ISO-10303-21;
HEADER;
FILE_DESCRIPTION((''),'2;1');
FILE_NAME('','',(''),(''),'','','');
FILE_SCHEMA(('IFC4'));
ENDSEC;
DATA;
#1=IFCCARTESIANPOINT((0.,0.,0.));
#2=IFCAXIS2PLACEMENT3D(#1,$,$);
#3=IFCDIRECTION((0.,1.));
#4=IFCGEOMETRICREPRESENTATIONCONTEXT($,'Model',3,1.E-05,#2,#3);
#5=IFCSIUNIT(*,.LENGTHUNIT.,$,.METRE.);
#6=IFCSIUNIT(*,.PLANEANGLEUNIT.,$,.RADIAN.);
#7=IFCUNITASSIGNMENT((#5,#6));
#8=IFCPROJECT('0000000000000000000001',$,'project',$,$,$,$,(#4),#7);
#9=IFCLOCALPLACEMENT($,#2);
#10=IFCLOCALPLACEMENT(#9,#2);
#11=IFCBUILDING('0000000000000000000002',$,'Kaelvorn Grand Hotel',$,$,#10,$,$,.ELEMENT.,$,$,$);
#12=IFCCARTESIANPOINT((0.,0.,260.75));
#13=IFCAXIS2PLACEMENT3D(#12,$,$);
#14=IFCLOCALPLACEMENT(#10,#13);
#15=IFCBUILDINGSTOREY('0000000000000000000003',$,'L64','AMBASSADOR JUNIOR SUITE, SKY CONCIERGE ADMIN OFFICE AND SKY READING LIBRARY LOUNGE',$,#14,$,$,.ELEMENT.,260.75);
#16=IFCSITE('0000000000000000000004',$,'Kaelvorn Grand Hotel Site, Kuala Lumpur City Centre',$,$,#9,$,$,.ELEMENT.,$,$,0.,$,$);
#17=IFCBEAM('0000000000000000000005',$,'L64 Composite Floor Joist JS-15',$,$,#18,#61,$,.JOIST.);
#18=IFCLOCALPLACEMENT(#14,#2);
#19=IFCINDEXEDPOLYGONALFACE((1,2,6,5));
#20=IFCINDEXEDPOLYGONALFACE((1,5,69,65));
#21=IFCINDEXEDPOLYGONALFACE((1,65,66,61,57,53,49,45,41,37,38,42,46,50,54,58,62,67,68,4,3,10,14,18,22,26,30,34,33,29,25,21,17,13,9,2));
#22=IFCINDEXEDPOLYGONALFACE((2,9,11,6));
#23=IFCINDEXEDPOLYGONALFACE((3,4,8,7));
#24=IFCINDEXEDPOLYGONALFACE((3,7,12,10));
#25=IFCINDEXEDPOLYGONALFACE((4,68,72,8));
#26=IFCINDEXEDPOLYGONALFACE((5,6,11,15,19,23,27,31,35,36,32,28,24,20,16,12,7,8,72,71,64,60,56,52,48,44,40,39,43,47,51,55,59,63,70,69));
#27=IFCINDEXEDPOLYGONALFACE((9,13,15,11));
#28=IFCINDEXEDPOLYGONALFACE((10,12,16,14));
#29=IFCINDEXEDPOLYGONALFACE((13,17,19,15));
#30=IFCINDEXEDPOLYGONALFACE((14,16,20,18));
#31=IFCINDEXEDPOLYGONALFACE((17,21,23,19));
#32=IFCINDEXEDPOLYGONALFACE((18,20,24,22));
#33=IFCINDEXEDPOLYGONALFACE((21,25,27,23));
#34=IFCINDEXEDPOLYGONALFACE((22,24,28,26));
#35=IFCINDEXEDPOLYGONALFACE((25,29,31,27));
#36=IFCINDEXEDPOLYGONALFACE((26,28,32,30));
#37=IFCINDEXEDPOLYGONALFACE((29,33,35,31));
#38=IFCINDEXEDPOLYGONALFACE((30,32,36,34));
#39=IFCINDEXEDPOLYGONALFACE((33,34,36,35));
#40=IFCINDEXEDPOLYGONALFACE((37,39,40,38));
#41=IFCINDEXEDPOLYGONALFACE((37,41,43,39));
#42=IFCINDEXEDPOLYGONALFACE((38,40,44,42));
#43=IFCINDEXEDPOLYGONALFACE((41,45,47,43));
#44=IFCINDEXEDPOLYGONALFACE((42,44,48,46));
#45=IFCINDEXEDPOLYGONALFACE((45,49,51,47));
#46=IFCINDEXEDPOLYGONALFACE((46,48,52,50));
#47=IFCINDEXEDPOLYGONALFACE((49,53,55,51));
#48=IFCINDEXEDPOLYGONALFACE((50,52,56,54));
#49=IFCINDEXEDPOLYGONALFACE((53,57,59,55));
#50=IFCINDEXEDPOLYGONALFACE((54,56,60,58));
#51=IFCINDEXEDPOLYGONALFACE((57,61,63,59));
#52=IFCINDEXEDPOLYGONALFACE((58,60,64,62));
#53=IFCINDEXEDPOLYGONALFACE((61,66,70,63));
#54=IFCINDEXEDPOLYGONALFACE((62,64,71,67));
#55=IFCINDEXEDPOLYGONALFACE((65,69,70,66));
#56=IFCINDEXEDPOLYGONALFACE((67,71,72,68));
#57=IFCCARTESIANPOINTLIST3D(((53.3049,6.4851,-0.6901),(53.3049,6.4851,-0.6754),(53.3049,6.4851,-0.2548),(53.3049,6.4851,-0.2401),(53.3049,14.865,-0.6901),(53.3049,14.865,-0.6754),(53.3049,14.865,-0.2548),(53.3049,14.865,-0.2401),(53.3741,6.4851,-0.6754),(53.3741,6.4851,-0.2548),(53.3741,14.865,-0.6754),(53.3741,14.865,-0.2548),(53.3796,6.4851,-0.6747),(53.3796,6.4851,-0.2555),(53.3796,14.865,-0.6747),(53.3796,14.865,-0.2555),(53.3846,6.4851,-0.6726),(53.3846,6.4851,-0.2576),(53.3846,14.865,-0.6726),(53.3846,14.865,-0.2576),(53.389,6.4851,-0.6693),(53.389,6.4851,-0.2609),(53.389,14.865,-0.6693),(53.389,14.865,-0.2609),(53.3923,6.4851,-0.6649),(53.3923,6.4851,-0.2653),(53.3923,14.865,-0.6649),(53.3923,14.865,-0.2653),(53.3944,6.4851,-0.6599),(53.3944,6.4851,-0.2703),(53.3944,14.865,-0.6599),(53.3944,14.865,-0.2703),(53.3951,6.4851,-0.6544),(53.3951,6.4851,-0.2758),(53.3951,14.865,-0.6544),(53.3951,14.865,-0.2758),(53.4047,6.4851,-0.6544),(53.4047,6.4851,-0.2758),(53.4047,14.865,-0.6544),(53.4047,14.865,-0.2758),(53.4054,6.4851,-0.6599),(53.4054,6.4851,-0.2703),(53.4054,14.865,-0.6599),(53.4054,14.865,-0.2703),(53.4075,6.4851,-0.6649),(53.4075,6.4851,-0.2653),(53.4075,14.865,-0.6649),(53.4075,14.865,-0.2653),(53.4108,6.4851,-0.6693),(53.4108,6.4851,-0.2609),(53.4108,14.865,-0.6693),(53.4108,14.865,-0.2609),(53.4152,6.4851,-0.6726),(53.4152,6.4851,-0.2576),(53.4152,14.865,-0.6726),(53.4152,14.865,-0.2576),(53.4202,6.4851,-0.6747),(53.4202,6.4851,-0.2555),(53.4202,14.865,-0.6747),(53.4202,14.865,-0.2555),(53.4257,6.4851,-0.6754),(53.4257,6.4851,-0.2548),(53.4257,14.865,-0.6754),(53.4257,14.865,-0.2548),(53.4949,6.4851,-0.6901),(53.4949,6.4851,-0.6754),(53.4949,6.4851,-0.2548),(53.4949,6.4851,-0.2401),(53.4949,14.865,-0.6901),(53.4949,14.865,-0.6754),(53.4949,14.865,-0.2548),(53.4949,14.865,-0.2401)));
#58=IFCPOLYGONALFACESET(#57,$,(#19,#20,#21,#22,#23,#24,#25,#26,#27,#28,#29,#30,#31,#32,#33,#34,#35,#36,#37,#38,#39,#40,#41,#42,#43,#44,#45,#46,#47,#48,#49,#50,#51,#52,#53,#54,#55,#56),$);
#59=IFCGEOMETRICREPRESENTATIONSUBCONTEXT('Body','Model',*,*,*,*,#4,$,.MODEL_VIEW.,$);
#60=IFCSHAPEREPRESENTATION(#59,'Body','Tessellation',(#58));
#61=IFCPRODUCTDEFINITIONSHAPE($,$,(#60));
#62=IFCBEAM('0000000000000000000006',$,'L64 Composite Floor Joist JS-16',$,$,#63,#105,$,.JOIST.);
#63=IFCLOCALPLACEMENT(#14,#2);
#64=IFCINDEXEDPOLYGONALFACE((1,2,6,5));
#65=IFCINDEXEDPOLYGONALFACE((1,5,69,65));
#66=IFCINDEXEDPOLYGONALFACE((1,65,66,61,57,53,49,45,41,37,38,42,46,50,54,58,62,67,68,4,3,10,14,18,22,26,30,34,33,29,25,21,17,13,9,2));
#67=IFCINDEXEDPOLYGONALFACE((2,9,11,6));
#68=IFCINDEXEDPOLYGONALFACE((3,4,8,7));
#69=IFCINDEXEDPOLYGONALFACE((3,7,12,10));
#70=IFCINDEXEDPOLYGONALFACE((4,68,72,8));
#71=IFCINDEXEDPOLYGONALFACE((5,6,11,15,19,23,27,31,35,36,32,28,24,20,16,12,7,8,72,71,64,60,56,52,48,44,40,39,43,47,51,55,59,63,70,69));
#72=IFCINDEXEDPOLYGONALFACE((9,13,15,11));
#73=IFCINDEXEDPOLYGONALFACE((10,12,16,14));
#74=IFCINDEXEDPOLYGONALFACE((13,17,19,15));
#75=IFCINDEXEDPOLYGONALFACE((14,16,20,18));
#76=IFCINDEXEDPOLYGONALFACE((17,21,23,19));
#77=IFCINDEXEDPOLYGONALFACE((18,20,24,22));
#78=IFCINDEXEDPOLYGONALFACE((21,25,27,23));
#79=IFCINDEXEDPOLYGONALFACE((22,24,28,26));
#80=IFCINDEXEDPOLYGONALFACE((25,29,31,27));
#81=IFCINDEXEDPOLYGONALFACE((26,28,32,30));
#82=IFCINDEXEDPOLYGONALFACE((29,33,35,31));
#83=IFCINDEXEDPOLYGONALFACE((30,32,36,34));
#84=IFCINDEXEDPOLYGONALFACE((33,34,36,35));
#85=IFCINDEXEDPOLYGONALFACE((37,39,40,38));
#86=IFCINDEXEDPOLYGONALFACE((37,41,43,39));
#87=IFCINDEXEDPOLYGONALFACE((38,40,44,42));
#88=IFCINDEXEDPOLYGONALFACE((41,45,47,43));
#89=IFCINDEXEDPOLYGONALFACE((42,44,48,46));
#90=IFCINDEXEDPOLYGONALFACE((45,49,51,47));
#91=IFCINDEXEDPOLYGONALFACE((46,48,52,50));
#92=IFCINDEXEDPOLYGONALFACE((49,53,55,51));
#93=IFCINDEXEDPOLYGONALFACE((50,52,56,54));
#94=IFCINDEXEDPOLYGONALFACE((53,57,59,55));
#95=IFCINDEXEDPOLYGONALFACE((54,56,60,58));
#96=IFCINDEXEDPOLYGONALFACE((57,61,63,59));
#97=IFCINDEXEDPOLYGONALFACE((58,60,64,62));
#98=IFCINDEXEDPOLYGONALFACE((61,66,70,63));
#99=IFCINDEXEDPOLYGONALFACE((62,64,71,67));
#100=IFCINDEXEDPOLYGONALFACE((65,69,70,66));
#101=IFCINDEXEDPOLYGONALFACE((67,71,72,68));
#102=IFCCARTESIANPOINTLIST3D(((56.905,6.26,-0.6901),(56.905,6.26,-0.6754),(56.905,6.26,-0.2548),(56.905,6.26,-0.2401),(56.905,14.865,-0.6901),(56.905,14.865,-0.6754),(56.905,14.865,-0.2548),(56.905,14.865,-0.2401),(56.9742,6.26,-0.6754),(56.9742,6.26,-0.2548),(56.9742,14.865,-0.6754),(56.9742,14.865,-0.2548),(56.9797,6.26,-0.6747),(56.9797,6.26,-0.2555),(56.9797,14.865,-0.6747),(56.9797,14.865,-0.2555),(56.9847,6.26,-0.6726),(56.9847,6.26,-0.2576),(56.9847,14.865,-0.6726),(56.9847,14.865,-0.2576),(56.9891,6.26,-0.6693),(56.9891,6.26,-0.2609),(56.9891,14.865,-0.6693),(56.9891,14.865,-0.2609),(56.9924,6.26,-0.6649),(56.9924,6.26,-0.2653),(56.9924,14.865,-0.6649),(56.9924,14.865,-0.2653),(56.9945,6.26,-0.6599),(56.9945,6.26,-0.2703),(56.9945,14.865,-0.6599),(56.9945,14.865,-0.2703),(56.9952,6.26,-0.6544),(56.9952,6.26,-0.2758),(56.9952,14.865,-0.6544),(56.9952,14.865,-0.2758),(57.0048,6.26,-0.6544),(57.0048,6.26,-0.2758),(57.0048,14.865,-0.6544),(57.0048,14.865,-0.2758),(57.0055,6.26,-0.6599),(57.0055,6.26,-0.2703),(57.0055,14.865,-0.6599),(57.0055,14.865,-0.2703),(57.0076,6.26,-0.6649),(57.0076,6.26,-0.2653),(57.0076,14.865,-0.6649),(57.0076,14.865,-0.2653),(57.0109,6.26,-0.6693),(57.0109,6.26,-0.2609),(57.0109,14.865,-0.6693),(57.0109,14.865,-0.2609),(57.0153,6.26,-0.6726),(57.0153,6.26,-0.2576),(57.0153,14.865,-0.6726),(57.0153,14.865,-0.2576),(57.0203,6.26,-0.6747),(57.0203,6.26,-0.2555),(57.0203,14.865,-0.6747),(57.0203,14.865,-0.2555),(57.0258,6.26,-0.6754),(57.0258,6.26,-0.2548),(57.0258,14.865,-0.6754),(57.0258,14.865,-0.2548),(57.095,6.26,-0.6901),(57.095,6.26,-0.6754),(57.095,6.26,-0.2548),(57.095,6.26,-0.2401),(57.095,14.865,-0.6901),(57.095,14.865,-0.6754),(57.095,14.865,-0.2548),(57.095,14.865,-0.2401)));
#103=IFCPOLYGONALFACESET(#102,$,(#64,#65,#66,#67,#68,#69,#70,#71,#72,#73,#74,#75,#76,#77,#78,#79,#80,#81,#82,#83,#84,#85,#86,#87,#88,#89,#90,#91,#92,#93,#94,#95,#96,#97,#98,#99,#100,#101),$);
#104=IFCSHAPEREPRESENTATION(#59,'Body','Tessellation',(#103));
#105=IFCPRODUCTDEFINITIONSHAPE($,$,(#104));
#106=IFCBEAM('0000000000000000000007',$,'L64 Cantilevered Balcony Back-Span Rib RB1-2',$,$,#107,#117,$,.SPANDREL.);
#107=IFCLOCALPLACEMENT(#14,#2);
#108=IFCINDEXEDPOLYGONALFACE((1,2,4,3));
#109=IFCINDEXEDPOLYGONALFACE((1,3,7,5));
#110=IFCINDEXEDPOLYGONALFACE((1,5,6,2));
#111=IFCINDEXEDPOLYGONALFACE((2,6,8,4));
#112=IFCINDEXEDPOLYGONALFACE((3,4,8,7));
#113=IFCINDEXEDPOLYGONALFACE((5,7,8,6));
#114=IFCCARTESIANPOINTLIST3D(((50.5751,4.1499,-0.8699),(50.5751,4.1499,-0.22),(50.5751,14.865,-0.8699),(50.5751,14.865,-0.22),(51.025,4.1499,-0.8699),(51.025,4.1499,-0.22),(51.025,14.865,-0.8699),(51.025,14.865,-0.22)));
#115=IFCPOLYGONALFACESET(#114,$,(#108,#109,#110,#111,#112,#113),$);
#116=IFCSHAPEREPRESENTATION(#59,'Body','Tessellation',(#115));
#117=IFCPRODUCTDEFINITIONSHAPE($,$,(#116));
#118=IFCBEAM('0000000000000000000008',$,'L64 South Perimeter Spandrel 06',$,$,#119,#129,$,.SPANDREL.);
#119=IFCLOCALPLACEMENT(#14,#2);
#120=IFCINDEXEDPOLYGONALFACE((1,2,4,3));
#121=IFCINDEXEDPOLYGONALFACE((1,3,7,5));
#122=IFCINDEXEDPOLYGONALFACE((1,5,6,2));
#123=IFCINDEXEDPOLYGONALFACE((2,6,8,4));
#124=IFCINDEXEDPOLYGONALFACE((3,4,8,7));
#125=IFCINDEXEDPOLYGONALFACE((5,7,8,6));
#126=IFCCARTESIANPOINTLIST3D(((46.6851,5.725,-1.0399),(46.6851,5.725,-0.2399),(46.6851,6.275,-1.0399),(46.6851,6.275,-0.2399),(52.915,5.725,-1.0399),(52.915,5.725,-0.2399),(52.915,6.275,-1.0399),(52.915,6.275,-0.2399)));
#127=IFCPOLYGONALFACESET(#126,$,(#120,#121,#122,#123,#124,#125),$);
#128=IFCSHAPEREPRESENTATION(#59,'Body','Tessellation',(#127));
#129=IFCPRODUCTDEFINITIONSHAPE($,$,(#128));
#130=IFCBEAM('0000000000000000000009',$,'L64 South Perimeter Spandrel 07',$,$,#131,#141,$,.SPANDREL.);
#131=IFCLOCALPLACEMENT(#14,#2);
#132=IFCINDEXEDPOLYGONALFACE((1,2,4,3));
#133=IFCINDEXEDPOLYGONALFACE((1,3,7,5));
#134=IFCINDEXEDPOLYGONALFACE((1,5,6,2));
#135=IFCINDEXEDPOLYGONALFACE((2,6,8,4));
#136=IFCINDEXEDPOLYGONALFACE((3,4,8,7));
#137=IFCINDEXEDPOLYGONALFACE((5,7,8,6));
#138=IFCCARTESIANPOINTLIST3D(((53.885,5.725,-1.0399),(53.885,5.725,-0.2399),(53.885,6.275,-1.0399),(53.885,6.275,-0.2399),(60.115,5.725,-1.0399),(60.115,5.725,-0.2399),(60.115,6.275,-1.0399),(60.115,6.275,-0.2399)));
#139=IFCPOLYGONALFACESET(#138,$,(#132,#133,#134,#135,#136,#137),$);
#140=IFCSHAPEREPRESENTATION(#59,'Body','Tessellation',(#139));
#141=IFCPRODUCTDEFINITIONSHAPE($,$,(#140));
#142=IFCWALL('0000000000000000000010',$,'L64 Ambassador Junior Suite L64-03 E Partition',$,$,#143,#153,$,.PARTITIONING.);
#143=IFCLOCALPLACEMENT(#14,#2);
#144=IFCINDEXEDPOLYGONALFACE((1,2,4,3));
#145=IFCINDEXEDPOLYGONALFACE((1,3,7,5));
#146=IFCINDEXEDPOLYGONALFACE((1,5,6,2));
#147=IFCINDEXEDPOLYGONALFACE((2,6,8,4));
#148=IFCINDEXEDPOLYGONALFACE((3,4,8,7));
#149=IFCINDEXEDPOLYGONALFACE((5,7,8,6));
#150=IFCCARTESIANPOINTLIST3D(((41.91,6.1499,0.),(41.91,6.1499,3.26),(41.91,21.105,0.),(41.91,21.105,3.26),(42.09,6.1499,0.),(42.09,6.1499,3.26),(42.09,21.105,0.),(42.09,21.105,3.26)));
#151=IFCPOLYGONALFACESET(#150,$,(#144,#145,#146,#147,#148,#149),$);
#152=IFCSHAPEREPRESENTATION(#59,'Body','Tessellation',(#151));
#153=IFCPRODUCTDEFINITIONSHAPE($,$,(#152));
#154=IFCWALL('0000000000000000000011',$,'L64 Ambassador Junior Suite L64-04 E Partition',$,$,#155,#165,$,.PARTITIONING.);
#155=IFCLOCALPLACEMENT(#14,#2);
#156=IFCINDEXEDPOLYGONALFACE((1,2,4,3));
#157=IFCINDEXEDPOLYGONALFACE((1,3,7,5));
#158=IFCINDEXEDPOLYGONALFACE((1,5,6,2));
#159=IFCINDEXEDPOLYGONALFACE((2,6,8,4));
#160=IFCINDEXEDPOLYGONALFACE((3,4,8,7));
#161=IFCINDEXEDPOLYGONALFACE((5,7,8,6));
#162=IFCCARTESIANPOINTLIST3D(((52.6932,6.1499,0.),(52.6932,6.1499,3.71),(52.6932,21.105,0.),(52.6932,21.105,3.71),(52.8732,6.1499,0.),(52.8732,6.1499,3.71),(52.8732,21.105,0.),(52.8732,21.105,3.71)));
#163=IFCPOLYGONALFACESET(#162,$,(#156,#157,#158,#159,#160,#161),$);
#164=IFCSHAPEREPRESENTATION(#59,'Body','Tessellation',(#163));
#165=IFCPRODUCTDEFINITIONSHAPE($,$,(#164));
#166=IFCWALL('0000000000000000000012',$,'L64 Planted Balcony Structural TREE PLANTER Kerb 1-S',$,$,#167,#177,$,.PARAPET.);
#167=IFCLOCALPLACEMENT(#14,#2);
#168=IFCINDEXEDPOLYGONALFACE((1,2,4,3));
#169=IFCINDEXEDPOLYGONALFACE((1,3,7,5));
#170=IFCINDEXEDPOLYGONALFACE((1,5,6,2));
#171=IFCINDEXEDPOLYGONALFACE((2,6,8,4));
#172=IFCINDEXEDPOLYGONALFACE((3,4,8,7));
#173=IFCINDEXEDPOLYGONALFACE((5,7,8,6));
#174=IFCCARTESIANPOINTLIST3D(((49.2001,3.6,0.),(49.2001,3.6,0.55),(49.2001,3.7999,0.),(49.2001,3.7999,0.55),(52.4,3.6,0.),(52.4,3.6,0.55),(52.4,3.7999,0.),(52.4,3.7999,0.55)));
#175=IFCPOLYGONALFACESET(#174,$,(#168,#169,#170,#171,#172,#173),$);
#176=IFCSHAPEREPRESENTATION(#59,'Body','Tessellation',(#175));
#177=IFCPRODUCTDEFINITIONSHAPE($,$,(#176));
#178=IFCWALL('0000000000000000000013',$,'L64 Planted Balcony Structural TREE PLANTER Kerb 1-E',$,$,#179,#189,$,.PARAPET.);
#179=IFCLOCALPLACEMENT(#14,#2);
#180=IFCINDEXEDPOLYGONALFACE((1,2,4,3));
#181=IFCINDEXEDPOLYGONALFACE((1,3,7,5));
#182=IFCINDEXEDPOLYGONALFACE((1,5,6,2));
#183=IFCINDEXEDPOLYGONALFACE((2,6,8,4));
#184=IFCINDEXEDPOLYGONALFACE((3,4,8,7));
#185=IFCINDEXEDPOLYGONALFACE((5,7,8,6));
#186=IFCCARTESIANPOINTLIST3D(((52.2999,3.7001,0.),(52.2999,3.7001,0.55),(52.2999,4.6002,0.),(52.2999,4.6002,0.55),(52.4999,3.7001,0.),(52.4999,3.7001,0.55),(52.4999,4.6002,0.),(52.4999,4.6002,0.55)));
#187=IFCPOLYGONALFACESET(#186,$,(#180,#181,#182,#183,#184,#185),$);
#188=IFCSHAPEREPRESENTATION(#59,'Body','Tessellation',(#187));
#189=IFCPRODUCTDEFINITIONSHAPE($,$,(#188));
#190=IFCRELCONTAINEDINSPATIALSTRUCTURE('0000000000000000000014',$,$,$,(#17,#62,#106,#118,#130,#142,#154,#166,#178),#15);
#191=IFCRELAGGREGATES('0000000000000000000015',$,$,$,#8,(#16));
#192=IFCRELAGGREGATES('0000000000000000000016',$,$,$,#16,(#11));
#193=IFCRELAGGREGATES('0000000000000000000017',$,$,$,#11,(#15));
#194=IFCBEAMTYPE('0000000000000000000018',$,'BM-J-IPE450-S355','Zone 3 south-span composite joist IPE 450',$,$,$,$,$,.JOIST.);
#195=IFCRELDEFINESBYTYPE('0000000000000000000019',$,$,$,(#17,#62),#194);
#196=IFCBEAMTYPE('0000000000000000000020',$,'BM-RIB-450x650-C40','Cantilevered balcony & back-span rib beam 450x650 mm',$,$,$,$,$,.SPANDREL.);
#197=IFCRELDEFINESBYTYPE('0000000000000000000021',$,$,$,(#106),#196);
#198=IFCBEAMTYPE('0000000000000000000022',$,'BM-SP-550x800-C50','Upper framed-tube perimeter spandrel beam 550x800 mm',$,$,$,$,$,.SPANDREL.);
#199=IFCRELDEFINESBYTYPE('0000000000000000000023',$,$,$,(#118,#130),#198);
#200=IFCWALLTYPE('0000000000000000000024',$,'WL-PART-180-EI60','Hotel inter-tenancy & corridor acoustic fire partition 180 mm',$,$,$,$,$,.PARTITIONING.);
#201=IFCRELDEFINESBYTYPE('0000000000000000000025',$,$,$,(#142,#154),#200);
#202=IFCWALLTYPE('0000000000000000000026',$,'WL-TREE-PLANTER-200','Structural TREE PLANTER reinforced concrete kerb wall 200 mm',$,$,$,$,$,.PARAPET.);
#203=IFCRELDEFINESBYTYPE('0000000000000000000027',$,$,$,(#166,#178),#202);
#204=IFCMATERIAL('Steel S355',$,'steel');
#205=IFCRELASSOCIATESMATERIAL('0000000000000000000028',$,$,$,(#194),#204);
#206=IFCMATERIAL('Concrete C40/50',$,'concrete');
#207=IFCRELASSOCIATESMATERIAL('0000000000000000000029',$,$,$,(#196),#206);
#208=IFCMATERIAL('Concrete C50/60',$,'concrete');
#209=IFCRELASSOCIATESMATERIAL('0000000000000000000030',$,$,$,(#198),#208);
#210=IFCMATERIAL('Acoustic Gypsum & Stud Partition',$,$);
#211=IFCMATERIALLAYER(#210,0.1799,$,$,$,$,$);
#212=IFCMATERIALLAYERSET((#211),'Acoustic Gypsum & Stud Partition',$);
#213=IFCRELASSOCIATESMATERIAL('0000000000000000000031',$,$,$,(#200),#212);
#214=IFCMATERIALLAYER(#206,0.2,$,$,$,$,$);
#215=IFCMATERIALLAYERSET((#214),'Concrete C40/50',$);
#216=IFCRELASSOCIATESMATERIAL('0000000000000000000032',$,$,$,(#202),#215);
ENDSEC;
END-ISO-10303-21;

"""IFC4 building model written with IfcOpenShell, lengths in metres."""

from ifc_helpers import new_model, si_unit, direction, frame, frame_2d, origin, origin_2d, place, context, subcontext, project, spatial, rectangle, i_section, extrude, material, layer, layer_set, material_profile, profile_set, type_object, element, save


model = new_model("IFC4")

# Units and contexts
model_context = context("Model", 3, precision=1e-05, world=origin(), true_north=direction((0.0, 1.0)))
body_context = subcontext(model_context, "Body", "Model", "MODEL_VIEW")
ifc_project = project(units=[si_unit("LENGTHUNIT", "METRE"), si_unit("PLANEANGLEUNIT", "RADIAN")], contexts=[model_context])

# Site, building, storey
site_placement = place(None, origin())
site = spatial("IfcSite", under=ifc_project, at=site_placement, Name="Kaelvorn Grand Hotel Site, Kuala Lumpur City Centre", CompositionType="ELEMENT", RefElevation=0.0)
building_placement = place(site_placement, origin())
building = spatial("IfcBuilding", under=site, at=building_placement, Name="Kaelvorn Grand Hotel", CompositionType="ELEMENT")
storey_placement = place(building_placement, frame((0.0, 0.0, 260.75)))
storey = spatial("IfcBuildingStorey", under=building, at=storey_placement, Name="L64", Description="AMBASSADOR JUNIOR SUITE, SKY CONCIERGE ADMIN OFFICE AND SKY READING LIBRARY LOUNGE", CompositionType="ELEMENT", Elevation=260.75)

# Shared definitions
ifc_material_1 = material(Name="Concrete C50/60", Category="concrete")

# Beams
ifc_material_2 = material(Name="Steel S355", Category="steel")
ifc_material_profile_1 = material_profile(ifc_material_2, i_section(OverallWidth=0.1899, OverallDepth=0.45, WebThickness=0.0095, FlangeThickness=0.0146, FilletRadius=0.021, at=origin_2d()), Name="IPE 450")
ifc_profile_set_1 = profile_set([ifc_material_profile_1], Name="Steel S355")
beam_type_1 = type_object("IfcBeamType", Name="BM-J-IPE450-S355", Description="Zone 3 south-span composite joist IPE 450", PredefinedType="JOIST", material=ifc_profile_set_1)
beam_1_placement = place(storey_placement, frame((53.3999, 6.4851, -0.4651), z_axis=(0.0, 1.0, 0.0), x_axis=(-1.0, 0.0, 0.0)))
element("IfcBeam", 1, at=beam_1_placement, inside=storey, type_object=beam_type_1, Name="L64 Composite Floor Joist JS-15", PredefinedType="JOIST", context=body_context, shape_type="SweptSolid", body=[
    extrude(i_section(OverallWidth=0.1899, OverallDepth=0.45, WebThickness=0.0095, FlangeThickness=0.0146, FilletRadius=0.021, at=origin_2d()), origin(), (0.0, 0.0, 1.0), 8.3799),
])
beam_2_placement = place(storey_placement, frame((57.0, 6.26, -0.4651), z_axis=(0.0, 1.0, 0.0), x_axis=(-1.0, 0.0, 0.0)))
element("IfcBeam", 2, at=beam_2_placement, inside=storey, type_object=beam_type_1, Name="L64 Composite Floor Joist JS-16", PredefinedType="JOIST", context=body_context, shape_type="SweptSolid", body=[
    extrude(i_section(OverallWidth=0.1899, OverallDepth=0.45, WebThickness=0.0095, FlangeThickness=0.0146, FilletRadius=0.021, at=origin_2d()), origin(), (0.0, 0.0, 1.0), 8.605),
])
ifc_material_3 = material(Name="Concrete C40/50", Category="concrete")
ifc_material_profile_2 = material_profile(ifc_material_3, rectangle(XDim=0.45, YDim=0.6499, at=origin_2d()), Name="RC RIB 450x650")
ifc_profile_set_2 = profile_set([ifc_material_profile_2], Name="Concrete C40/50")
beam_type_2 = type_object("IfcBeamType", Name="BM-RIB-450x650-C40", Description="Cantilevered balcony & back-span rib beam 450x650 mm", PredefinedType="SPANDREL", material=ifc_profile_set_2)
beam_3_placement = place(storey_placement, frame((50.8, 4.1499, -0.5449), z_axis=(0.0, 1.0, 0.0), x_axis=(-1.0, 0.0, 0.0)))
element("IfcBeam", 3, at=beam_3_placement, inside=storey, type_object=beam_type_2, Name="L64 Cantilevered Balcony Back-Span Rib RB1-2", PredefinedType="SPANDREL", context=body_context, shape_type="SweptSolid", body=[
    extrude(rectangle(XDim=0.45, YDim=0.6499, at=origin_2d()), origin(), (0.0, 0.0, 1.0), 10.7151),
])
ifc_material_profile_3 = material_profile(ifc_material_1, rectangle(XDim=0.55, YDim=0.8, at=origin_2d()), Name="RC SPANDREL 550x800")
ifc_profile_set_3 = profile_set([ifc_material_profile_3], Name="Concrete C50/60")
beam_type_3 = type_object("IfcBeamType", Name="BM-SP-550x800-C50", Description="Upper framed-tube perimeter spandrel beam 550x800 mm", PredefinedType="SPANDREL", material=ifc_profile_set_3)
for number, where, z_axis, x_axis, name in (
    (4, (46.6851, 6.0, -0.6399), (1.0, 0.0, 0.0), (0.0, 1.0, 0.0), "L64 South Perimeter Spandrel 06"),
    (5, (53.885, 6.0, -0.6399), (1.0, 0.0, 0.0), (0.0, 1.0, 0.0), "L64 South Perimeter Spandrel 07"),
):
    element("IfcBeam", number, at=place(storey_placement, frame(where, z_axis=z_axis, x_axis=x_axis)), inside=storey, type_object=beam_type_3, Name=name, PredefinedType="SPANDREL", context=body_context, shape_type="SweptSolid", body=[
        extrude(rectangle(XDim=0.55, YDim=0.8, at=origin_2d()), origin(), (0.0, 0.0, 1.0), 6.23),
    ])

# Walls
ifc_material_4 = material(Name="Acoustic Gypsum & Stud Partition")
ifc_layer_1 = layer(ifc_material_4, 0.1799)
ifc_layer_set_1 = layer_set([ifc_layer_1], Name="Acoustic Gypsum & Stud Partition")
wall_type_1 = type_object("IfcWallType", Name="WL-PART-180-EI60", Description="Hotel inter-tenancy & corridor acoustic fire partition 180 mm", PredefinedType="PARTITIONING", material=ifc_layer_set_1)
wall_1_placement = place(storey_placement, frame((42.0, 6.1499, 0.0), z_axis=(0.0, 0.0, 1.0), x_axis=(0.0, 1.0, 0.0)))
element("IfcWall", 6, at=wall_1_placement, inside=storey, type_object=wall_type_1, Name="L64 Ambassador Junior Suite L64-03 E Partition", PredefinedType="PARTITIONING", context=body_context, shape_type="SweptSolid", body=[
    extrude(rectangle(XDim=14.9551, YDim=0.1799, at=frame_2d((7.4775, 0.0))), origin(), (0.0, 0.0, 1.0), 3.26),
])
wall_2_placement = place(storey_placement, frame((52.7832, 6.1499, 0.0), z_axis=(0.0, 0.0, 1.0), x_axis=(0.0, 1.0, 0.0)))
element("IfcWall", 7, at=wall_2_placement, inside=storey, type_object=wall_type_1, Name="L64 Ambassador Junior Suite L64-04 E Partition", PredefinedType="PARTITIONING", context=body_context, shape_type="SweptSolid", body=[
    extrude(rectangle(XDim=14.9551, YDim=0.1799, at=frame_2d((7.4775, 0.0))), origin(), (0.0, 0.0, 1.0), 3.71),
])
ifc_layer_2 = layer(ifc_material_3, 0.2)
ifc_layer_set_2 = layer_set([ifc_layer_2], Name="Concrete C40/50")
wall_type_2 = type_object("IfcWallType", Name="WL-TREE-PLANTER-200", Description="Structural TREE PLANTER reinforced concrete kerb wall 200 mm", PredefinedType="PARAPET", material=ifc_layer_set_2)
wall_3_placement = place(storey_placement, frame((49.2, 3.7, 0.0), z_axis=(0.0, 0.0, 1.0), x_axis=(1.0, 0.0, 0.0)))
element("IfcWall", 8, at=wall_3_placement, inside=storey, type_object=wall_type_2, Name="L64 Planted Balcony Structural TREE PLANTER Kerb 1-S", PredefinedType="PARAPET", context=body_context, shape_type="SweptSolid", body=[
    extrude(rectangle(XDim=3.2, YDim=0.2, at=frame_2d((1.6001, 0.0))), origin(), (0.0, 0.0, 1.0), 0.55),
])
wall_4_placement = place(storey_placement, frame((52.3999, 3.7, 0.0), z_axis=(0.0, 0.0, 1.0), x_axis=(0.0, 1.0, 0.0)))
element("IfcWall", 9, at=wall_4_placement, inside=storey, type_object=wall_type_2, Name="L64 Planted Balcony Structural TREE PLANTER Kerb 1-E", PredefinedType="PARAPET", context=body_context, shape_type="SweptSolid", body=[
    extrude(rectangle(XDim=0.9001, YDim=0.2, at=frame_2d((0.4502, 0.0))), origin(), (0.0, 0.0, 1.0), 0.55),
])

save(model, "model.ifc")
